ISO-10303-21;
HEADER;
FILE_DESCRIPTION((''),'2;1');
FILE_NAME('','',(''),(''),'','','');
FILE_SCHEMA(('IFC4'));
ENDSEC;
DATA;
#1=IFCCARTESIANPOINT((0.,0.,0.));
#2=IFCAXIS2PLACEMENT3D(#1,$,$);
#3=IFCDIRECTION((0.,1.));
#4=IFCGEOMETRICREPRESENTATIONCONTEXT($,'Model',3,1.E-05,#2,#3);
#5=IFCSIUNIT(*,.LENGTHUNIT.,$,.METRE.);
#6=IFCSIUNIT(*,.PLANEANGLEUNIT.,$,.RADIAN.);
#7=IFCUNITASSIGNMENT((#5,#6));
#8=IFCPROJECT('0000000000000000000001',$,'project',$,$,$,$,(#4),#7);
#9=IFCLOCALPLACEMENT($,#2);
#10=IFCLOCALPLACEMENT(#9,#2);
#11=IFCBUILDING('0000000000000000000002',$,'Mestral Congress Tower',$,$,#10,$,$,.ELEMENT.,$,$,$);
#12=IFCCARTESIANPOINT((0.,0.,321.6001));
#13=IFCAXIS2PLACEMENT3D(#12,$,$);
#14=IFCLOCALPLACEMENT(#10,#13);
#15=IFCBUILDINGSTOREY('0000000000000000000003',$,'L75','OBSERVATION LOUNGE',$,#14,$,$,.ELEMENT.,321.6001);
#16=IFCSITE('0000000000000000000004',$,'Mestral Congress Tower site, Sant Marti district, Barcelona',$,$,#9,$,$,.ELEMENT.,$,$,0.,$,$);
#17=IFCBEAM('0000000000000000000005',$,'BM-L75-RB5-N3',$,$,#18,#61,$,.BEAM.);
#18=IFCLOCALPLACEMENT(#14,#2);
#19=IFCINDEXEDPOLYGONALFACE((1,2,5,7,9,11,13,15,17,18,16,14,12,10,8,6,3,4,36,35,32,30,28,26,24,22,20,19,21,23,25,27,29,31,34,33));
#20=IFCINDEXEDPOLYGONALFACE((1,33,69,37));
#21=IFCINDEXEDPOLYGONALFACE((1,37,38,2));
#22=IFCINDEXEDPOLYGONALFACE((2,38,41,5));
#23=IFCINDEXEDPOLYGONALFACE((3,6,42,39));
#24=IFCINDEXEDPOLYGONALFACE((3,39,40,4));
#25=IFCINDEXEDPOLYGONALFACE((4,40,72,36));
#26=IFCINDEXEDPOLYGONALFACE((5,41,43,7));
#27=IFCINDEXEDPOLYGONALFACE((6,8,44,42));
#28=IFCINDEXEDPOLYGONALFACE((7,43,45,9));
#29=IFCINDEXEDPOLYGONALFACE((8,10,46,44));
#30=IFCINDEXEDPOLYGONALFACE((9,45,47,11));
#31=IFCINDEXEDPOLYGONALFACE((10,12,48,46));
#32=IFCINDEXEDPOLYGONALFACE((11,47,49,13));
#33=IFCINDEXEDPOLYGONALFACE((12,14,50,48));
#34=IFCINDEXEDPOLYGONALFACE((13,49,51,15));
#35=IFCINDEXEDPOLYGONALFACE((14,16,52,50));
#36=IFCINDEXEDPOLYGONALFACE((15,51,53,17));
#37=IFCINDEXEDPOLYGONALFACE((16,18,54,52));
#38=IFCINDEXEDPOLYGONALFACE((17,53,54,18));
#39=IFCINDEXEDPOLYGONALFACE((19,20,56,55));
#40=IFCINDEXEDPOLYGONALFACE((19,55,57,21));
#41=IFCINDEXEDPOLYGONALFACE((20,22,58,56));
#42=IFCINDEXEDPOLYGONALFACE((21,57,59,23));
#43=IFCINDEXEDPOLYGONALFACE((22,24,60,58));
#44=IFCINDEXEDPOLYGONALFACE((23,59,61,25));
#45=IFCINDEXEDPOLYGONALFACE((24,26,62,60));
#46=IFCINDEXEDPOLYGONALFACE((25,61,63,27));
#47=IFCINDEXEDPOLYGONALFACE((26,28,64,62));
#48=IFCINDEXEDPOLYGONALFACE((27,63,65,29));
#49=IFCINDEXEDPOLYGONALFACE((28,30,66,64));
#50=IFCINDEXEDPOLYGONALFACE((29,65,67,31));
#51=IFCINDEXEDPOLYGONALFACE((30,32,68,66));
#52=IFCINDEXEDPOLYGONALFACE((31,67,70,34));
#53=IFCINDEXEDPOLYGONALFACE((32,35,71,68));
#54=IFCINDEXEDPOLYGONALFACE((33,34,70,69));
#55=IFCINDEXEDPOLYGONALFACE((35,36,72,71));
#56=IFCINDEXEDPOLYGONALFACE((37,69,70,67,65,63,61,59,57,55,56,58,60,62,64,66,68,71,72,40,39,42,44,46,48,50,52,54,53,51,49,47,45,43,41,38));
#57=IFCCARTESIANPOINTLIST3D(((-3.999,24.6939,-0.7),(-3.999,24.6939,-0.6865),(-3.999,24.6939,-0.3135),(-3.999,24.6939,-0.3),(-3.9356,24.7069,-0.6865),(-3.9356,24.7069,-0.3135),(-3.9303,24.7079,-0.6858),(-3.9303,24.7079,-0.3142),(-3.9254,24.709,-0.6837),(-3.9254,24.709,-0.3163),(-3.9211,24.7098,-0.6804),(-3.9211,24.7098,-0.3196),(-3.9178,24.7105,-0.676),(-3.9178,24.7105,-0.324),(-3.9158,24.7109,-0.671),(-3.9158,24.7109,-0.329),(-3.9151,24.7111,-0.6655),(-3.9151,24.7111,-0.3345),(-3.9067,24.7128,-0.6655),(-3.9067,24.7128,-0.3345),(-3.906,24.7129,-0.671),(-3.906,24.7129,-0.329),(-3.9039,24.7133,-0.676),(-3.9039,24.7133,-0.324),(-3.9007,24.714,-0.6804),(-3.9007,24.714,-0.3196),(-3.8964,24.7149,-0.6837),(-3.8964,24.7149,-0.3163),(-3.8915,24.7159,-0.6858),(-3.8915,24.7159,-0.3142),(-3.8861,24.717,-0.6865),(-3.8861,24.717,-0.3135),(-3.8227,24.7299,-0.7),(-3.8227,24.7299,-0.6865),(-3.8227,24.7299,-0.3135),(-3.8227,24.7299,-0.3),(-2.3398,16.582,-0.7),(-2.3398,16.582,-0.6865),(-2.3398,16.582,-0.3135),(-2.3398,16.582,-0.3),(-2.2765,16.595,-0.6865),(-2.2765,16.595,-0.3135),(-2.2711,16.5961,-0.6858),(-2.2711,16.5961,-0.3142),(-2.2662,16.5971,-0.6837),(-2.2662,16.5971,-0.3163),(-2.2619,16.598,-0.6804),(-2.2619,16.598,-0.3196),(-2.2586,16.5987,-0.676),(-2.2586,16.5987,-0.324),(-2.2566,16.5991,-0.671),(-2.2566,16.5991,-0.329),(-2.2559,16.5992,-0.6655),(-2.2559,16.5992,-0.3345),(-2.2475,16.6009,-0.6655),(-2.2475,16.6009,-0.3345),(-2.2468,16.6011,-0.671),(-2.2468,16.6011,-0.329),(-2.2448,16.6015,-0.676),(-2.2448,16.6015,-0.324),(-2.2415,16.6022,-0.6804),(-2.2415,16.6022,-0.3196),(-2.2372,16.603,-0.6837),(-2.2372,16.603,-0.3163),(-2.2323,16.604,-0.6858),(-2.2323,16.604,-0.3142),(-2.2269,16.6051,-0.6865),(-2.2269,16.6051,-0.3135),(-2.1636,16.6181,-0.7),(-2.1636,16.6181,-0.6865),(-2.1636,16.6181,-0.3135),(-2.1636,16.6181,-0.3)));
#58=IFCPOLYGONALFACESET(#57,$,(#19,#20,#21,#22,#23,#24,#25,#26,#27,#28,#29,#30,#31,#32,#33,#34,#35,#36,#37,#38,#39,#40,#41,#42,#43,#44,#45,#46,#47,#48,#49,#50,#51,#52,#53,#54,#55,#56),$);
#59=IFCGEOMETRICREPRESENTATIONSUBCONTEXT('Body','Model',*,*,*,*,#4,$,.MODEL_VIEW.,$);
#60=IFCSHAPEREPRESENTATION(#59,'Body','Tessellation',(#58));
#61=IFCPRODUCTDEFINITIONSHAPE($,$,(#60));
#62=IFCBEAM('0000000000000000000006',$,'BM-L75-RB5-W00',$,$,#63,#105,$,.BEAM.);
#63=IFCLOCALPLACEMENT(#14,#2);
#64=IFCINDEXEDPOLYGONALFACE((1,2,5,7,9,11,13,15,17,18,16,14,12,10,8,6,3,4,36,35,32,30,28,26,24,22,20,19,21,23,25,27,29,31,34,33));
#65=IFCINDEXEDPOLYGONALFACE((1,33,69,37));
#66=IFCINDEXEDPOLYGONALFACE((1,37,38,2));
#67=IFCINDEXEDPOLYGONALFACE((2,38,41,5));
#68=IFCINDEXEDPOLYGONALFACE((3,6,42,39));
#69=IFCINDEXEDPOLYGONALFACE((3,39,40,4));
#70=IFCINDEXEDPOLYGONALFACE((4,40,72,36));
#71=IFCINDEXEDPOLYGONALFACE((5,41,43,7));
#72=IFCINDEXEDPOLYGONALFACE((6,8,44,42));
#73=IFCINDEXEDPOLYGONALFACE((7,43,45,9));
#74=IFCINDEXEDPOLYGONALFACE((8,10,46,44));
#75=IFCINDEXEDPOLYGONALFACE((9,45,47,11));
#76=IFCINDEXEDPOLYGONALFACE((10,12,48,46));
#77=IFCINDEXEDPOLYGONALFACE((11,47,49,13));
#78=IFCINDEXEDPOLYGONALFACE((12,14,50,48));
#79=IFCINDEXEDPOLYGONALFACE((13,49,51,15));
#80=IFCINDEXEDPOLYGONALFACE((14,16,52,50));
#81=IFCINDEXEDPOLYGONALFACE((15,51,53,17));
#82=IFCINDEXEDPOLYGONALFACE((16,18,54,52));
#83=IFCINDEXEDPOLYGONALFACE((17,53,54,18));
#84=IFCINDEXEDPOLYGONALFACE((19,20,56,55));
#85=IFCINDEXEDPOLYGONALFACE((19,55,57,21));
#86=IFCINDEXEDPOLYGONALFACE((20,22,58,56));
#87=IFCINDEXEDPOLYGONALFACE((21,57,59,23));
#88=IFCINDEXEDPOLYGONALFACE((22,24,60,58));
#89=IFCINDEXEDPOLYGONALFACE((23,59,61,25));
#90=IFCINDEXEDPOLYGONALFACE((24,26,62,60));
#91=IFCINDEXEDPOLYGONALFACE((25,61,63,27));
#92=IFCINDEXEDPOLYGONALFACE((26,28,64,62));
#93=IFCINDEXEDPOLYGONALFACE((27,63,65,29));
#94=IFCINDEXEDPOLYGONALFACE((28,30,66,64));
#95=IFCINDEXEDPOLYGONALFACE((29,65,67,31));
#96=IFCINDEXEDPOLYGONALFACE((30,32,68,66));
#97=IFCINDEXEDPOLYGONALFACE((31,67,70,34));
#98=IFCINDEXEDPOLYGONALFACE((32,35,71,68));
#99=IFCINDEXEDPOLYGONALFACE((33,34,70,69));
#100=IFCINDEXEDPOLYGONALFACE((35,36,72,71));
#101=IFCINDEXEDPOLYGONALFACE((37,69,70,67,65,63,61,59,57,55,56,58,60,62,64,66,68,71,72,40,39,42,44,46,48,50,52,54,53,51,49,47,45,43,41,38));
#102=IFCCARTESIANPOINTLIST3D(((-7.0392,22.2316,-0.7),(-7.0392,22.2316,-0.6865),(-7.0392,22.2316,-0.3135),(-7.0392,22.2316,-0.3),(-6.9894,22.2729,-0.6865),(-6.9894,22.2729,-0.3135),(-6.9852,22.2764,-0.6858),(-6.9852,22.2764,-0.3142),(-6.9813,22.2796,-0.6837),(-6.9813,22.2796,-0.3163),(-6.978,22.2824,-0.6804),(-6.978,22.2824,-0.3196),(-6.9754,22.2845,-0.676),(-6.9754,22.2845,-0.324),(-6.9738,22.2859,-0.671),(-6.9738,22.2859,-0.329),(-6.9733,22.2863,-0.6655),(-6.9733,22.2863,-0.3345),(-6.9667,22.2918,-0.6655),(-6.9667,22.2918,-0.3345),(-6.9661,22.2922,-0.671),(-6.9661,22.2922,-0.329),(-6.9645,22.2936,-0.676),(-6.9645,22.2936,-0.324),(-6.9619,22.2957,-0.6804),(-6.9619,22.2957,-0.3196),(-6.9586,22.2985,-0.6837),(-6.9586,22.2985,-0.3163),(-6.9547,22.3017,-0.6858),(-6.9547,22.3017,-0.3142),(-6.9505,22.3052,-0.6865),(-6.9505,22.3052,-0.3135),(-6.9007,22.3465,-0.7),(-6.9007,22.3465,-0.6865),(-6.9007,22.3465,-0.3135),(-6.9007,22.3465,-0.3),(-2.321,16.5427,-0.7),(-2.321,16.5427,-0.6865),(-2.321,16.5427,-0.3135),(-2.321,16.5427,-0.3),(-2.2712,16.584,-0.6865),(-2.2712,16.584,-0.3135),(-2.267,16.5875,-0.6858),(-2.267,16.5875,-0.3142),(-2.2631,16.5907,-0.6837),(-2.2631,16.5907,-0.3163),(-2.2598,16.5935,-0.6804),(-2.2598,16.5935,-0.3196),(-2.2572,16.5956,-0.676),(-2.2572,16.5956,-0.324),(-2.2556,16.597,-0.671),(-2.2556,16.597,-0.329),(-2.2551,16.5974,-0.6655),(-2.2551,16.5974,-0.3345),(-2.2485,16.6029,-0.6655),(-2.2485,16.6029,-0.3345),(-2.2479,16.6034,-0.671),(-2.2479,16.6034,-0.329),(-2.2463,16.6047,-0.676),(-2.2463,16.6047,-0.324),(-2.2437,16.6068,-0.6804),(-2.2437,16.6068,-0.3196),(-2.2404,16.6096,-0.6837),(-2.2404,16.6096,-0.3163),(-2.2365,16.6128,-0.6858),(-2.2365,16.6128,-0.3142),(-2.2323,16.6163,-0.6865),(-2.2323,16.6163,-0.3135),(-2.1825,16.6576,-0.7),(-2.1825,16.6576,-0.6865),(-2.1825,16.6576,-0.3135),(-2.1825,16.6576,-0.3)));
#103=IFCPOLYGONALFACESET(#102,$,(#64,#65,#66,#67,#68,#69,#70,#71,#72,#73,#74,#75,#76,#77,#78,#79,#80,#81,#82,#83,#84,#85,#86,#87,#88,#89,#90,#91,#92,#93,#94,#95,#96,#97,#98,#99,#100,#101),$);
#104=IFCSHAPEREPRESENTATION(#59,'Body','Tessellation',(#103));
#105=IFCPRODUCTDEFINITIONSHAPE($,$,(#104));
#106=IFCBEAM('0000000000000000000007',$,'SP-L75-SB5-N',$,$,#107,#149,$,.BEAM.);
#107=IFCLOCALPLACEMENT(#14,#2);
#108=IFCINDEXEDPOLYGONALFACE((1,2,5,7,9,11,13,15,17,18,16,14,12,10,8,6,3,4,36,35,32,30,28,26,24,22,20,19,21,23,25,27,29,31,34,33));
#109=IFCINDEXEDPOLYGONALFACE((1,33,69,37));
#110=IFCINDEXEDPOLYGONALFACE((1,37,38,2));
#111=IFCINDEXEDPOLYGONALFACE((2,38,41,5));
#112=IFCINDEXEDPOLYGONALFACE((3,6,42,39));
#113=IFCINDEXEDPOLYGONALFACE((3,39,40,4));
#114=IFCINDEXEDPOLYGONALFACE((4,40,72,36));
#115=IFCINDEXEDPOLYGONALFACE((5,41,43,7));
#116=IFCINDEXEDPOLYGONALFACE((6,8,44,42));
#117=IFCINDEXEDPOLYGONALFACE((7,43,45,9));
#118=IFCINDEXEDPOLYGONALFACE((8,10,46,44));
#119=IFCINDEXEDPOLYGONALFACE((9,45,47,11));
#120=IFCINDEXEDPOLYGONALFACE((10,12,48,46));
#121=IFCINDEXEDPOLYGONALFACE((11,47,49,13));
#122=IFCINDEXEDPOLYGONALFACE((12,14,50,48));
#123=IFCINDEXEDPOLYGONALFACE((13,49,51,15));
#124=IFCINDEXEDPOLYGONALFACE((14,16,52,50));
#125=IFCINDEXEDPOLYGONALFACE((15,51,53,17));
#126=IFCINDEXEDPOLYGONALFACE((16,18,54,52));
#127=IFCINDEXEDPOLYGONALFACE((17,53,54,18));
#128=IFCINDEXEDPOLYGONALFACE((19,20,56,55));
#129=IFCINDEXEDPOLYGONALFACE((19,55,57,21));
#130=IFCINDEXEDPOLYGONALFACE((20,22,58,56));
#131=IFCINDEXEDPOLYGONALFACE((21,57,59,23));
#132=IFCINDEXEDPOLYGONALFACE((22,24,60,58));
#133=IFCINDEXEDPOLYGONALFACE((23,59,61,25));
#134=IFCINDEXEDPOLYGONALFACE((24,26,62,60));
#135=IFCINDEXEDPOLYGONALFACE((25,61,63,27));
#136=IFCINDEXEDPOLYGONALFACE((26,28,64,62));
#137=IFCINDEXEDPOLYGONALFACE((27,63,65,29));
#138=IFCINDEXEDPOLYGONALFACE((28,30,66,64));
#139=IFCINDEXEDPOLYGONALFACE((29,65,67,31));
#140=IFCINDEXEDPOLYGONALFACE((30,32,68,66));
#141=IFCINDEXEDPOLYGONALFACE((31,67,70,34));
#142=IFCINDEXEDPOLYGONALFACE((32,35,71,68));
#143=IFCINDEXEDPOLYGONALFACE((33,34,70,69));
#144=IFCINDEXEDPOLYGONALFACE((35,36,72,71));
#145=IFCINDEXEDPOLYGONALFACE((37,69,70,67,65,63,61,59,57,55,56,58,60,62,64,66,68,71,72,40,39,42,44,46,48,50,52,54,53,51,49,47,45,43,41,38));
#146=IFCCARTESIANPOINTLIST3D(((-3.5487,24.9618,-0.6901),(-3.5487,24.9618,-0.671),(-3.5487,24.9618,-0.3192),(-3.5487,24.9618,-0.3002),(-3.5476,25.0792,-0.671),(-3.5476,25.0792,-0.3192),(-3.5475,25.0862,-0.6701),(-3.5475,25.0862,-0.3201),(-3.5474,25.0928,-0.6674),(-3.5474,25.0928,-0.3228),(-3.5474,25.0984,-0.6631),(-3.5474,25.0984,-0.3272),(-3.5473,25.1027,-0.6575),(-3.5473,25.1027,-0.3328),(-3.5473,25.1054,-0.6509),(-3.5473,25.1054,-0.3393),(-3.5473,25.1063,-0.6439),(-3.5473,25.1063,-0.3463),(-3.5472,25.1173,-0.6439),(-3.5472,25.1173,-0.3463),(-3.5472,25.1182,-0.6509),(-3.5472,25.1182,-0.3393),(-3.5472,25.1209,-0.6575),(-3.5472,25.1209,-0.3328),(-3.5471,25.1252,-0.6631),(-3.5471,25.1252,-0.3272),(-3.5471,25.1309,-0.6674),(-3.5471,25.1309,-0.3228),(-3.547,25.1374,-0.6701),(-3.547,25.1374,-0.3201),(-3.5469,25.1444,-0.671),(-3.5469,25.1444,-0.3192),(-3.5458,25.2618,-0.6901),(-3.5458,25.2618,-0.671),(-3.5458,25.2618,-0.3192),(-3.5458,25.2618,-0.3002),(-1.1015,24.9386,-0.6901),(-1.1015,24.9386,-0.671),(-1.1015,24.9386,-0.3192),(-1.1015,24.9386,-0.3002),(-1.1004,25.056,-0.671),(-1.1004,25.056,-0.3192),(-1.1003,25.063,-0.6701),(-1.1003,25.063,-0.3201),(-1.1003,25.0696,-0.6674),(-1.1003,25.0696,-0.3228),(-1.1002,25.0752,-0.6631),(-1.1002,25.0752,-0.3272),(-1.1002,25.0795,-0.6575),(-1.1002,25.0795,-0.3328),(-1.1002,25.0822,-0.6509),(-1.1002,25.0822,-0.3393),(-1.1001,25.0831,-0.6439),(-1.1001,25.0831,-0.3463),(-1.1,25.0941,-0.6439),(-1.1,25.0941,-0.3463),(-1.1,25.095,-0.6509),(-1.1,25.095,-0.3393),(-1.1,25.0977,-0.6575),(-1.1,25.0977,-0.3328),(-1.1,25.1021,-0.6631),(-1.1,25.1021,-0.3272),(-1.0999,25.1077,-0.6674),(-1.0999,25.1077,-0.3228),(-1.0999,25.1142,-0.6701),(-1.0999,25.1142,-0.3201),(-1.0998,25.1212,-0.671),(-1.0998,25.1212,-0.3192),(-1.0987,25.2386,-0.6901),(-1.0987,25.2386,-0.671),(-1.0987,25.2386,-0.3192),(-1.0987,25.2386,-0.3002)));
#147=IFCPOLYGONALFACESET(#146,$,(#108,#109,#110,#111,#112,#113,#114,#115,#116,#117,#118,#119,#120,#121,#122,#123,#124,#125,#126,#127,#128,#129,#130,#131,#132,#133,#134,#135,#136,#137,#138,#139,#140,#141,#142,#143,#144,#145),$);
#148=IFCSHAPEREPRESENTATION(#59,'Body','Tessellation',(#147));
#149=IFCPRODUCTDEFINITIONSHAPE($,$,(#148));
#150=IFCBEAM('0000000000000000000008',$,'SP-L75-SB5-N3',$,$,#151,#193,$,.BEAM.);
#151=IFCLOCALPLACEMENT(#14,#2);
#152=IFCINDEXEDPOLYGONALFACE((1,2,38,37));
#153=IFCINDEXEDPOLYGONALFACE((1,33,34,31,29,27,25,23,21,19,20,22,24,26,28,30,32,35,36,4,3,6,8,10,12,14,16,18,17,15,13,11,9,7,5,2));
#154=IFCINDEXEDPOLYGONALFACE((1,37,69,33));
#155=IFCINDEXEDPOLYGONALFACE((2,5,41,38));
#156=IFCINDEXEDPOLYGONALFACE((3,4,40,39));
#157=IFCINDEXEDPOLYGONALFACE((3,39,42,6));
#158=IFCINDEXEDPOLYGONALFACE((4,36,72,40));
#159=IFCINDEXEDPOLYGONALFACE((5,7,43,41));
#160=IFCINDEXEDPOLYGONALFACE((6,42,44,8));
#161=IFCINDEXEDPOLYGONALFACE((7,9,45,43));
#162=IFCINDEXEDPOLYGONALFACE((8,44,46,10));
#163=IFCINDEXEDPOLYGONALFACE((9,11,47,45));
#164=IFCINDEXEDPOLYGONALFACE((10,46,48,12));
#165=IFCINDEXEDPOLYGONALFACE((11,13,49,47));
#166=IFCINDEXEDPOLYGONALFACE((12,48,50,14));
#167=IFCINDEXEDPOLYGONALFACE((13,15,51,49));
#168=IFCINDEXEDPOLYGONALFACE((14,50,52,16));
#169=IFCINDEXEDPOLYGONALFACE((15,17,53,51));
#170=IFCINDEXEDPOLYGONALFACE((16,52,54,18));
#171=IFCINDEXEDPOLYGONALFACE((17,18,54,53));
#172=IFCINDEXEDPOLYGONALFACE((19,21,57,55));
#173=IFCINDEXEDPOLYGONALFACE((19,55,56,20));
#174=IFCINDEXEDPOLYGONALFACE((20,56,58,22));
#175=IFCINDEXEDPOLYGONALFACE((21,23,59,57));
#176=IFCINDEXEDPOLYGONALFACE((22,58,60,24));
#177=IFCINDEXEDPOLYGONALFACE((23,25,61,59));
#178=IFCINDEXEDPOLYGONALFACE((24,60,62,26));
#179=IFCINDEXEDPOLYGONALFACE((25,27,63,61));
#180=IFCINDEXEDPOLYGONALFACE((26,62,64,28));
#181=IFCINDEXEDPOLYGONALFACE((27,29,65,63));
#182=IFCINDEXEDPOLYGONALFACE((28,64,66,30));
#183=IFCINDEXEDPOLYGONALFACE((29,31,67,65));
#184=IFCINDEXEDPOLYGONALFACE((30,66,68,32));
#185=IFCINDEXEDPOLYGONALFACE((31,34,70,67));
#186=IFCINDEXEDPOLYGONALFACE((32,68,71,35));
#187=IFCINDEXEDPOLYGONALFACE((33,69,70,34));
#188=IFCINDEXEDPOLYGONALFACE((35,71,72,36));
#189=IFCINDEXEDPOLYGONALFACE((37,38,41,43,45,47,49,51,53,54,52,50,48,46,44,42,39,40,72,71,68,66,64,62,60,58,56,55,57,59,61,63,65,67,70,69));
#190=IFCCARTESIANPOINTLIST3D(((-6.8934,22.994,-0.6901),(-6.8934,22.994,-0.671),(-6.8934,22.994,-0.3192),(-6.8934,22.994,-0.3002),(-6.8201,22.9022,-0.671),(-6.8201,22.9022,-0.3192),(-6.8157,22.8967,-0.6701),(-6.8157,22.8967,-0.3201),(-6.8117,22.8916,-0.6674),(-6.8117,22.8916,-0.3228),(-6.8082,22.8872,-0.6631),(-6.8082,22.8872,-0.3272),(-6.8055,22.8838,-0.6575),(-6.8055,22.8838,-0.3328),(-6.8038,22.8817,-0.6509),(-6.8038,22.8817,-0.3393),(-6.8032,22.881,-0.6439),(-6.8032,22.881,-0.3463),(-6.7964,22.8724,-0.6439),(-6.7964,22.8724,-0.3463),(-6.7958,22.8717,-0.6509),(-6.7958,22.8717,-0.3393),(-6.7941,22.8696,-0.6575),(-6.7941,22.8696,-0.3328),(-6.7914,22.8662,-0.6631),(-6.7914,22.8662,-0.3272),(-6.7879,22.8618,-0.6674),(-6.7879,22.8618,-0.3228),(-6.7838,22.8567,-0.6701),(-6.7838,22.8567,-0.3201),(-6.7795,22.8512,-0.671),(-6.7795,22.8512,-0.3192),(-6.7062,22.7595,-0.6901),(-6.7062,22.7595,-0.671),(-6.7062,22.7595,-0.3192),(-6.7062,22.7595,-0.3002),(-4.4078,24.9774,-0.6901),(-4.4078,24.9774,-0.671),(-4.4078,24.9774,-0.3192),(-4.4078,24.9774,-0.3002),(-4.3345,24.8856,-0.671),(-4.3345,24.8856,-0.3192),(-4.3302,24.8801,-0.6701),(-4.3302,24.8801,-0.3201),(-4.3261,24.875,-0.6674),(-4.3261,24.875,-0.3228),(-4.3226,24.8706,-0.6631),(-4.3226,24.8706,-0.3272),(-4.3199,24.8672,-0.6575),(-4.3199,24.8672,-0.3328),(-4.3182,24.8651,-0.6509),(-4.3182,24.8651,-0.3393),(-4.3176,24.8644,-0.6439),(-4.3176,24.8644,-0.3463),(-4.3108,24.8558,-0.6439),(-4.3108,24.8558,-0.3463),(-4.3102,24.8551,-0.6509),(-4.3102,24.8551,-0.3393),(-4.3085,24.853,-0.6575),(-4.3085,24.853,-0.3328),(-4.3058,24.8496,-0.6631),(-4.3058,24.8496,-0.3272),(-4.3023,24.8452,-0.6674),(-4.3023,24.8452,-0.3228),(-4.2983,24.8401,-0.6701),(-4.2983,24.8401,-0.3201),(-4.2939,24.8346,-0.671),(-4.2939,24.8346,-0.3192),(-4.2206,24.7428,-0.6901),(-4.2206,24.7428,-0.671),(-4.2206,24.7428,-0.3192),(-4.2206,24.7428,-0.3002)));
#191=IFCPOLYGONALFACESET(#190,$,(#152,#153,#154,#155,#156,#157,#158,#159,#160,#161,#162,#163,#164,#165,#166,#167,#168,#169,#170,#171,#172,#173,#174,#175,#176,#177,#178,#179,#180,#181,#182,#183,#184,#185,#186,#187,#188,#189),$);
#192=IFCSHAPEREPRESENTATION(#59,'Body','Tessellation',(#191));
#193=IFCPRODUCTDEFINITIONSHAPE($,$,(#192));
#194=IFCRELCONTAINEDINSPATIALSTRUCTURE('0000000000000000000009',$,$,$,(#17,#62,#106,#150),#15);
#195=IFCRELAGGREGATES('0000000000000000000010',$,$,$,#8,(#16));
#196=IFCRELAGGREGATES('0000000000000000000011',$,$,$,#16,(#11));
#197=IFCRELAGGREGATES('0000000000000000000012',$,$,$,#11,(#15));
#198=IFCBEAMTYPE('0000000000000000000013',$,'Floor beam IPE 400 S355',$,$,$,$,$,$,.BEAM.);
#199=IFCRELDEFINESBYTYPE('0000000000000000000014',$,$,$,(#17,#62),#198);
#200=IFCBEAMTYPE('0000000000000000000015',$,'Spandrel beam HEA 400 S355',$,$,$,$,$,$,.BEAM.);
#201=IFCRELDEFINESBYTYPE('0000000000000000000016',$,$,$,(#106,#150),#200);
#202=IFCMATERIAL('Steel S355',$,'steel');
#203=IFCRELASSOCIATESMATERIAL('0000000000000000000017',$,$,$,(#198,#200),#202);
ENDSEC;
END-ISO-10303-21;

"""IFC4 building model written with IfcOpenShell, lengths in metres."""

from ifc_helpers import new_model, si_unit, direction, frame, origin, origin_2d, place, context, subcontext, project, spatial, i_section, extrude, material, material_profile, profile_set, type_object, element, save


model = new_model("IFC4")

# Units and contexts
model_context = context("Model", 3, precision=1e-05, world=origin(), true_north=direction((0.0, 1.0)))
body_context = subcontext(model_context, "Body", "Model", "MODEL_VIEW")
ifc_project = project(units=[si_unit("LENGTHUNIT", "METRE"), si_unit("PLANEANGLEUNIT", "RADIAN")], contexts=[model_context])

# Site, building, storey
site_placement = place(None, origin())
site = spatial("IfcSite", under=ifc_project, at=site_placement, Name="Mestral Congress Tower site, Sant Marti district, Barcelona", CompositionType="ELEMENT", RefElevation=0.0)
building_placement = place(site_placement, origin())
building = spatial("IfcBuilding", under=site, at=building_placement, Name="Mestral Congress Tower", CompositionType="ELEMENT")
storey_placement = place(building_placement, frame((0.0, 0.0, 321.6001)))
storey = spatial("IfcBuildingStorey", under=building, at=storey_placement, Name="L75", Description="OBSERVATION LOUNGE", CompositionType="ELEMENT", Elevation=321.6001)

# Beams
ifc_material_1 = material(Name="Steel S355", Category="steel")
ifc_material_profile_1 = material_profile(ifc_material_1, i_section(OverallWidth=0.1799, OverallDepth=0.3999, WebThickness=0.0085, FlangeThickness=0.0134, FilletRadius=0.021, at=origin_2d()), Name="IPE 400")
ifc_profile_set_1 = profile_set([ifc_material_profile_1], Name="Steel S355")
beam_type_1 = type_object("IfcBeamType", Name="Floor beam IPE 400 S355", PredefinedType="BEAM", material=ifc_profile_set_1)
beam_1_placement = place(storey_placement, frame((-3.9109, 24.7119, -0.5), z_axis=(0.20039, -0.979716, 0.0), x_axis=(0.979716, 0.20039, 0.0)))
element("IfcBeam", 1, at=beam_1_placement, inside=storey, type_object=beam_type_1, Name="BM-L75-RB5-N3", PredefinedType="BEAM", context=body_context, shape_type="SweptSolid", body=[
    extrude(i_section(OverallWidth=0.1799, OverallDepth=0.3999, WebThickness=0.0085, FlangeThickness=0.0134, FilletRadius=0.021, at=origin_2d()), origin(), (0.0, 0.0, 1.0), 8.2798),
])
beam_2_placement = place(storey_placement, frame((-6.97, 22.2891, -0.5), z_axis=(0.638383, -0.769719, 0.0), x_axis=(0.769719, 0.638383, 0.0)))
element("IfcBeam", 2, at=beam_2_placement, inside=storey, type_object=beam_type_1, Name="BM-L75-RB5-W00", PredefinedType="BEAM", context=body_context, shape_type="SweptSolid", body=[
    extrude(i_section(OverallWidth=0.1799, OverallDepth=0.3999, WebThickness=0.0085, FlangeThickness=0.0134, FilletRadius=0.021, at=origin_2d()), origin(), (0.0, 0.0, 1.0), 7.3909),
])
ifc_material_profile_2 = material_profile(ifc_material_1, i_section(OverallWidth=0.3, OverallDepth=0.3899, WebThickness=0.011, FlangeThickness=0.019, FilletRadius=0.0271, at=origin_2d()), Name="HEA 400")
ifc_profile_set_2 = profile_set([ifc_material_profile_2], Name="Steel S355")
beam_type_2 = type_object("IfcBeamType", Name="Spandrel beam HEA 400 S355", PredefinedType="BEAM", material=ifc_profile_set_2)
beam_3_placement = place(storey_placement, frame((-1.1001, 25.0886, -0.4951), z_axis=(-0.999955, 0.009477, 0.0), x_axis=(-0.009477, -0.999955, 0.0)))
element("IfcBeam", 3, at=beam_3_placement, inside=storey, type_object=beam_type_2, Name="SP-L75-SB5-N", PredefinedType="BEAM", context=body_context, shape_type="SweptSolid", body=[
    extrude(i_section(OverallWidth=0.3, OverallDepth=0.3899, WebThickness=0.011, FlangeThickness=0.019, FilletRadius=0.0271, at=origin_2d()), origin(), (0.0, 0.0, 1.0), 2.4473),
])
beam_4_placement = place(storey_placement, frame((-4.3142, 24.8601, -0.4951), z_axis=(-0.781647, -0.623721, 0.0), x_axis=(0.623721, -0.781647, 0.0)))
element("IfcBeam", 4, at=beam_4_placement, inside=storey, type_object=beam_type_2, Name="SP-L75-SB5-N3", PredefinedType="BEAM", context=body_context, shape_type="SweptSolid", body=[
    extrude(i_section(OverallWidth=0.3, OverallDepth=0.3899, WebThickness=0.011, FlangeThickness=0.019, FilletRadius=0.0271, at=origin_2d()), origin(), (0.0, 0.0, 1.0), 3.1799),
])

save(model, "model.ifc")
